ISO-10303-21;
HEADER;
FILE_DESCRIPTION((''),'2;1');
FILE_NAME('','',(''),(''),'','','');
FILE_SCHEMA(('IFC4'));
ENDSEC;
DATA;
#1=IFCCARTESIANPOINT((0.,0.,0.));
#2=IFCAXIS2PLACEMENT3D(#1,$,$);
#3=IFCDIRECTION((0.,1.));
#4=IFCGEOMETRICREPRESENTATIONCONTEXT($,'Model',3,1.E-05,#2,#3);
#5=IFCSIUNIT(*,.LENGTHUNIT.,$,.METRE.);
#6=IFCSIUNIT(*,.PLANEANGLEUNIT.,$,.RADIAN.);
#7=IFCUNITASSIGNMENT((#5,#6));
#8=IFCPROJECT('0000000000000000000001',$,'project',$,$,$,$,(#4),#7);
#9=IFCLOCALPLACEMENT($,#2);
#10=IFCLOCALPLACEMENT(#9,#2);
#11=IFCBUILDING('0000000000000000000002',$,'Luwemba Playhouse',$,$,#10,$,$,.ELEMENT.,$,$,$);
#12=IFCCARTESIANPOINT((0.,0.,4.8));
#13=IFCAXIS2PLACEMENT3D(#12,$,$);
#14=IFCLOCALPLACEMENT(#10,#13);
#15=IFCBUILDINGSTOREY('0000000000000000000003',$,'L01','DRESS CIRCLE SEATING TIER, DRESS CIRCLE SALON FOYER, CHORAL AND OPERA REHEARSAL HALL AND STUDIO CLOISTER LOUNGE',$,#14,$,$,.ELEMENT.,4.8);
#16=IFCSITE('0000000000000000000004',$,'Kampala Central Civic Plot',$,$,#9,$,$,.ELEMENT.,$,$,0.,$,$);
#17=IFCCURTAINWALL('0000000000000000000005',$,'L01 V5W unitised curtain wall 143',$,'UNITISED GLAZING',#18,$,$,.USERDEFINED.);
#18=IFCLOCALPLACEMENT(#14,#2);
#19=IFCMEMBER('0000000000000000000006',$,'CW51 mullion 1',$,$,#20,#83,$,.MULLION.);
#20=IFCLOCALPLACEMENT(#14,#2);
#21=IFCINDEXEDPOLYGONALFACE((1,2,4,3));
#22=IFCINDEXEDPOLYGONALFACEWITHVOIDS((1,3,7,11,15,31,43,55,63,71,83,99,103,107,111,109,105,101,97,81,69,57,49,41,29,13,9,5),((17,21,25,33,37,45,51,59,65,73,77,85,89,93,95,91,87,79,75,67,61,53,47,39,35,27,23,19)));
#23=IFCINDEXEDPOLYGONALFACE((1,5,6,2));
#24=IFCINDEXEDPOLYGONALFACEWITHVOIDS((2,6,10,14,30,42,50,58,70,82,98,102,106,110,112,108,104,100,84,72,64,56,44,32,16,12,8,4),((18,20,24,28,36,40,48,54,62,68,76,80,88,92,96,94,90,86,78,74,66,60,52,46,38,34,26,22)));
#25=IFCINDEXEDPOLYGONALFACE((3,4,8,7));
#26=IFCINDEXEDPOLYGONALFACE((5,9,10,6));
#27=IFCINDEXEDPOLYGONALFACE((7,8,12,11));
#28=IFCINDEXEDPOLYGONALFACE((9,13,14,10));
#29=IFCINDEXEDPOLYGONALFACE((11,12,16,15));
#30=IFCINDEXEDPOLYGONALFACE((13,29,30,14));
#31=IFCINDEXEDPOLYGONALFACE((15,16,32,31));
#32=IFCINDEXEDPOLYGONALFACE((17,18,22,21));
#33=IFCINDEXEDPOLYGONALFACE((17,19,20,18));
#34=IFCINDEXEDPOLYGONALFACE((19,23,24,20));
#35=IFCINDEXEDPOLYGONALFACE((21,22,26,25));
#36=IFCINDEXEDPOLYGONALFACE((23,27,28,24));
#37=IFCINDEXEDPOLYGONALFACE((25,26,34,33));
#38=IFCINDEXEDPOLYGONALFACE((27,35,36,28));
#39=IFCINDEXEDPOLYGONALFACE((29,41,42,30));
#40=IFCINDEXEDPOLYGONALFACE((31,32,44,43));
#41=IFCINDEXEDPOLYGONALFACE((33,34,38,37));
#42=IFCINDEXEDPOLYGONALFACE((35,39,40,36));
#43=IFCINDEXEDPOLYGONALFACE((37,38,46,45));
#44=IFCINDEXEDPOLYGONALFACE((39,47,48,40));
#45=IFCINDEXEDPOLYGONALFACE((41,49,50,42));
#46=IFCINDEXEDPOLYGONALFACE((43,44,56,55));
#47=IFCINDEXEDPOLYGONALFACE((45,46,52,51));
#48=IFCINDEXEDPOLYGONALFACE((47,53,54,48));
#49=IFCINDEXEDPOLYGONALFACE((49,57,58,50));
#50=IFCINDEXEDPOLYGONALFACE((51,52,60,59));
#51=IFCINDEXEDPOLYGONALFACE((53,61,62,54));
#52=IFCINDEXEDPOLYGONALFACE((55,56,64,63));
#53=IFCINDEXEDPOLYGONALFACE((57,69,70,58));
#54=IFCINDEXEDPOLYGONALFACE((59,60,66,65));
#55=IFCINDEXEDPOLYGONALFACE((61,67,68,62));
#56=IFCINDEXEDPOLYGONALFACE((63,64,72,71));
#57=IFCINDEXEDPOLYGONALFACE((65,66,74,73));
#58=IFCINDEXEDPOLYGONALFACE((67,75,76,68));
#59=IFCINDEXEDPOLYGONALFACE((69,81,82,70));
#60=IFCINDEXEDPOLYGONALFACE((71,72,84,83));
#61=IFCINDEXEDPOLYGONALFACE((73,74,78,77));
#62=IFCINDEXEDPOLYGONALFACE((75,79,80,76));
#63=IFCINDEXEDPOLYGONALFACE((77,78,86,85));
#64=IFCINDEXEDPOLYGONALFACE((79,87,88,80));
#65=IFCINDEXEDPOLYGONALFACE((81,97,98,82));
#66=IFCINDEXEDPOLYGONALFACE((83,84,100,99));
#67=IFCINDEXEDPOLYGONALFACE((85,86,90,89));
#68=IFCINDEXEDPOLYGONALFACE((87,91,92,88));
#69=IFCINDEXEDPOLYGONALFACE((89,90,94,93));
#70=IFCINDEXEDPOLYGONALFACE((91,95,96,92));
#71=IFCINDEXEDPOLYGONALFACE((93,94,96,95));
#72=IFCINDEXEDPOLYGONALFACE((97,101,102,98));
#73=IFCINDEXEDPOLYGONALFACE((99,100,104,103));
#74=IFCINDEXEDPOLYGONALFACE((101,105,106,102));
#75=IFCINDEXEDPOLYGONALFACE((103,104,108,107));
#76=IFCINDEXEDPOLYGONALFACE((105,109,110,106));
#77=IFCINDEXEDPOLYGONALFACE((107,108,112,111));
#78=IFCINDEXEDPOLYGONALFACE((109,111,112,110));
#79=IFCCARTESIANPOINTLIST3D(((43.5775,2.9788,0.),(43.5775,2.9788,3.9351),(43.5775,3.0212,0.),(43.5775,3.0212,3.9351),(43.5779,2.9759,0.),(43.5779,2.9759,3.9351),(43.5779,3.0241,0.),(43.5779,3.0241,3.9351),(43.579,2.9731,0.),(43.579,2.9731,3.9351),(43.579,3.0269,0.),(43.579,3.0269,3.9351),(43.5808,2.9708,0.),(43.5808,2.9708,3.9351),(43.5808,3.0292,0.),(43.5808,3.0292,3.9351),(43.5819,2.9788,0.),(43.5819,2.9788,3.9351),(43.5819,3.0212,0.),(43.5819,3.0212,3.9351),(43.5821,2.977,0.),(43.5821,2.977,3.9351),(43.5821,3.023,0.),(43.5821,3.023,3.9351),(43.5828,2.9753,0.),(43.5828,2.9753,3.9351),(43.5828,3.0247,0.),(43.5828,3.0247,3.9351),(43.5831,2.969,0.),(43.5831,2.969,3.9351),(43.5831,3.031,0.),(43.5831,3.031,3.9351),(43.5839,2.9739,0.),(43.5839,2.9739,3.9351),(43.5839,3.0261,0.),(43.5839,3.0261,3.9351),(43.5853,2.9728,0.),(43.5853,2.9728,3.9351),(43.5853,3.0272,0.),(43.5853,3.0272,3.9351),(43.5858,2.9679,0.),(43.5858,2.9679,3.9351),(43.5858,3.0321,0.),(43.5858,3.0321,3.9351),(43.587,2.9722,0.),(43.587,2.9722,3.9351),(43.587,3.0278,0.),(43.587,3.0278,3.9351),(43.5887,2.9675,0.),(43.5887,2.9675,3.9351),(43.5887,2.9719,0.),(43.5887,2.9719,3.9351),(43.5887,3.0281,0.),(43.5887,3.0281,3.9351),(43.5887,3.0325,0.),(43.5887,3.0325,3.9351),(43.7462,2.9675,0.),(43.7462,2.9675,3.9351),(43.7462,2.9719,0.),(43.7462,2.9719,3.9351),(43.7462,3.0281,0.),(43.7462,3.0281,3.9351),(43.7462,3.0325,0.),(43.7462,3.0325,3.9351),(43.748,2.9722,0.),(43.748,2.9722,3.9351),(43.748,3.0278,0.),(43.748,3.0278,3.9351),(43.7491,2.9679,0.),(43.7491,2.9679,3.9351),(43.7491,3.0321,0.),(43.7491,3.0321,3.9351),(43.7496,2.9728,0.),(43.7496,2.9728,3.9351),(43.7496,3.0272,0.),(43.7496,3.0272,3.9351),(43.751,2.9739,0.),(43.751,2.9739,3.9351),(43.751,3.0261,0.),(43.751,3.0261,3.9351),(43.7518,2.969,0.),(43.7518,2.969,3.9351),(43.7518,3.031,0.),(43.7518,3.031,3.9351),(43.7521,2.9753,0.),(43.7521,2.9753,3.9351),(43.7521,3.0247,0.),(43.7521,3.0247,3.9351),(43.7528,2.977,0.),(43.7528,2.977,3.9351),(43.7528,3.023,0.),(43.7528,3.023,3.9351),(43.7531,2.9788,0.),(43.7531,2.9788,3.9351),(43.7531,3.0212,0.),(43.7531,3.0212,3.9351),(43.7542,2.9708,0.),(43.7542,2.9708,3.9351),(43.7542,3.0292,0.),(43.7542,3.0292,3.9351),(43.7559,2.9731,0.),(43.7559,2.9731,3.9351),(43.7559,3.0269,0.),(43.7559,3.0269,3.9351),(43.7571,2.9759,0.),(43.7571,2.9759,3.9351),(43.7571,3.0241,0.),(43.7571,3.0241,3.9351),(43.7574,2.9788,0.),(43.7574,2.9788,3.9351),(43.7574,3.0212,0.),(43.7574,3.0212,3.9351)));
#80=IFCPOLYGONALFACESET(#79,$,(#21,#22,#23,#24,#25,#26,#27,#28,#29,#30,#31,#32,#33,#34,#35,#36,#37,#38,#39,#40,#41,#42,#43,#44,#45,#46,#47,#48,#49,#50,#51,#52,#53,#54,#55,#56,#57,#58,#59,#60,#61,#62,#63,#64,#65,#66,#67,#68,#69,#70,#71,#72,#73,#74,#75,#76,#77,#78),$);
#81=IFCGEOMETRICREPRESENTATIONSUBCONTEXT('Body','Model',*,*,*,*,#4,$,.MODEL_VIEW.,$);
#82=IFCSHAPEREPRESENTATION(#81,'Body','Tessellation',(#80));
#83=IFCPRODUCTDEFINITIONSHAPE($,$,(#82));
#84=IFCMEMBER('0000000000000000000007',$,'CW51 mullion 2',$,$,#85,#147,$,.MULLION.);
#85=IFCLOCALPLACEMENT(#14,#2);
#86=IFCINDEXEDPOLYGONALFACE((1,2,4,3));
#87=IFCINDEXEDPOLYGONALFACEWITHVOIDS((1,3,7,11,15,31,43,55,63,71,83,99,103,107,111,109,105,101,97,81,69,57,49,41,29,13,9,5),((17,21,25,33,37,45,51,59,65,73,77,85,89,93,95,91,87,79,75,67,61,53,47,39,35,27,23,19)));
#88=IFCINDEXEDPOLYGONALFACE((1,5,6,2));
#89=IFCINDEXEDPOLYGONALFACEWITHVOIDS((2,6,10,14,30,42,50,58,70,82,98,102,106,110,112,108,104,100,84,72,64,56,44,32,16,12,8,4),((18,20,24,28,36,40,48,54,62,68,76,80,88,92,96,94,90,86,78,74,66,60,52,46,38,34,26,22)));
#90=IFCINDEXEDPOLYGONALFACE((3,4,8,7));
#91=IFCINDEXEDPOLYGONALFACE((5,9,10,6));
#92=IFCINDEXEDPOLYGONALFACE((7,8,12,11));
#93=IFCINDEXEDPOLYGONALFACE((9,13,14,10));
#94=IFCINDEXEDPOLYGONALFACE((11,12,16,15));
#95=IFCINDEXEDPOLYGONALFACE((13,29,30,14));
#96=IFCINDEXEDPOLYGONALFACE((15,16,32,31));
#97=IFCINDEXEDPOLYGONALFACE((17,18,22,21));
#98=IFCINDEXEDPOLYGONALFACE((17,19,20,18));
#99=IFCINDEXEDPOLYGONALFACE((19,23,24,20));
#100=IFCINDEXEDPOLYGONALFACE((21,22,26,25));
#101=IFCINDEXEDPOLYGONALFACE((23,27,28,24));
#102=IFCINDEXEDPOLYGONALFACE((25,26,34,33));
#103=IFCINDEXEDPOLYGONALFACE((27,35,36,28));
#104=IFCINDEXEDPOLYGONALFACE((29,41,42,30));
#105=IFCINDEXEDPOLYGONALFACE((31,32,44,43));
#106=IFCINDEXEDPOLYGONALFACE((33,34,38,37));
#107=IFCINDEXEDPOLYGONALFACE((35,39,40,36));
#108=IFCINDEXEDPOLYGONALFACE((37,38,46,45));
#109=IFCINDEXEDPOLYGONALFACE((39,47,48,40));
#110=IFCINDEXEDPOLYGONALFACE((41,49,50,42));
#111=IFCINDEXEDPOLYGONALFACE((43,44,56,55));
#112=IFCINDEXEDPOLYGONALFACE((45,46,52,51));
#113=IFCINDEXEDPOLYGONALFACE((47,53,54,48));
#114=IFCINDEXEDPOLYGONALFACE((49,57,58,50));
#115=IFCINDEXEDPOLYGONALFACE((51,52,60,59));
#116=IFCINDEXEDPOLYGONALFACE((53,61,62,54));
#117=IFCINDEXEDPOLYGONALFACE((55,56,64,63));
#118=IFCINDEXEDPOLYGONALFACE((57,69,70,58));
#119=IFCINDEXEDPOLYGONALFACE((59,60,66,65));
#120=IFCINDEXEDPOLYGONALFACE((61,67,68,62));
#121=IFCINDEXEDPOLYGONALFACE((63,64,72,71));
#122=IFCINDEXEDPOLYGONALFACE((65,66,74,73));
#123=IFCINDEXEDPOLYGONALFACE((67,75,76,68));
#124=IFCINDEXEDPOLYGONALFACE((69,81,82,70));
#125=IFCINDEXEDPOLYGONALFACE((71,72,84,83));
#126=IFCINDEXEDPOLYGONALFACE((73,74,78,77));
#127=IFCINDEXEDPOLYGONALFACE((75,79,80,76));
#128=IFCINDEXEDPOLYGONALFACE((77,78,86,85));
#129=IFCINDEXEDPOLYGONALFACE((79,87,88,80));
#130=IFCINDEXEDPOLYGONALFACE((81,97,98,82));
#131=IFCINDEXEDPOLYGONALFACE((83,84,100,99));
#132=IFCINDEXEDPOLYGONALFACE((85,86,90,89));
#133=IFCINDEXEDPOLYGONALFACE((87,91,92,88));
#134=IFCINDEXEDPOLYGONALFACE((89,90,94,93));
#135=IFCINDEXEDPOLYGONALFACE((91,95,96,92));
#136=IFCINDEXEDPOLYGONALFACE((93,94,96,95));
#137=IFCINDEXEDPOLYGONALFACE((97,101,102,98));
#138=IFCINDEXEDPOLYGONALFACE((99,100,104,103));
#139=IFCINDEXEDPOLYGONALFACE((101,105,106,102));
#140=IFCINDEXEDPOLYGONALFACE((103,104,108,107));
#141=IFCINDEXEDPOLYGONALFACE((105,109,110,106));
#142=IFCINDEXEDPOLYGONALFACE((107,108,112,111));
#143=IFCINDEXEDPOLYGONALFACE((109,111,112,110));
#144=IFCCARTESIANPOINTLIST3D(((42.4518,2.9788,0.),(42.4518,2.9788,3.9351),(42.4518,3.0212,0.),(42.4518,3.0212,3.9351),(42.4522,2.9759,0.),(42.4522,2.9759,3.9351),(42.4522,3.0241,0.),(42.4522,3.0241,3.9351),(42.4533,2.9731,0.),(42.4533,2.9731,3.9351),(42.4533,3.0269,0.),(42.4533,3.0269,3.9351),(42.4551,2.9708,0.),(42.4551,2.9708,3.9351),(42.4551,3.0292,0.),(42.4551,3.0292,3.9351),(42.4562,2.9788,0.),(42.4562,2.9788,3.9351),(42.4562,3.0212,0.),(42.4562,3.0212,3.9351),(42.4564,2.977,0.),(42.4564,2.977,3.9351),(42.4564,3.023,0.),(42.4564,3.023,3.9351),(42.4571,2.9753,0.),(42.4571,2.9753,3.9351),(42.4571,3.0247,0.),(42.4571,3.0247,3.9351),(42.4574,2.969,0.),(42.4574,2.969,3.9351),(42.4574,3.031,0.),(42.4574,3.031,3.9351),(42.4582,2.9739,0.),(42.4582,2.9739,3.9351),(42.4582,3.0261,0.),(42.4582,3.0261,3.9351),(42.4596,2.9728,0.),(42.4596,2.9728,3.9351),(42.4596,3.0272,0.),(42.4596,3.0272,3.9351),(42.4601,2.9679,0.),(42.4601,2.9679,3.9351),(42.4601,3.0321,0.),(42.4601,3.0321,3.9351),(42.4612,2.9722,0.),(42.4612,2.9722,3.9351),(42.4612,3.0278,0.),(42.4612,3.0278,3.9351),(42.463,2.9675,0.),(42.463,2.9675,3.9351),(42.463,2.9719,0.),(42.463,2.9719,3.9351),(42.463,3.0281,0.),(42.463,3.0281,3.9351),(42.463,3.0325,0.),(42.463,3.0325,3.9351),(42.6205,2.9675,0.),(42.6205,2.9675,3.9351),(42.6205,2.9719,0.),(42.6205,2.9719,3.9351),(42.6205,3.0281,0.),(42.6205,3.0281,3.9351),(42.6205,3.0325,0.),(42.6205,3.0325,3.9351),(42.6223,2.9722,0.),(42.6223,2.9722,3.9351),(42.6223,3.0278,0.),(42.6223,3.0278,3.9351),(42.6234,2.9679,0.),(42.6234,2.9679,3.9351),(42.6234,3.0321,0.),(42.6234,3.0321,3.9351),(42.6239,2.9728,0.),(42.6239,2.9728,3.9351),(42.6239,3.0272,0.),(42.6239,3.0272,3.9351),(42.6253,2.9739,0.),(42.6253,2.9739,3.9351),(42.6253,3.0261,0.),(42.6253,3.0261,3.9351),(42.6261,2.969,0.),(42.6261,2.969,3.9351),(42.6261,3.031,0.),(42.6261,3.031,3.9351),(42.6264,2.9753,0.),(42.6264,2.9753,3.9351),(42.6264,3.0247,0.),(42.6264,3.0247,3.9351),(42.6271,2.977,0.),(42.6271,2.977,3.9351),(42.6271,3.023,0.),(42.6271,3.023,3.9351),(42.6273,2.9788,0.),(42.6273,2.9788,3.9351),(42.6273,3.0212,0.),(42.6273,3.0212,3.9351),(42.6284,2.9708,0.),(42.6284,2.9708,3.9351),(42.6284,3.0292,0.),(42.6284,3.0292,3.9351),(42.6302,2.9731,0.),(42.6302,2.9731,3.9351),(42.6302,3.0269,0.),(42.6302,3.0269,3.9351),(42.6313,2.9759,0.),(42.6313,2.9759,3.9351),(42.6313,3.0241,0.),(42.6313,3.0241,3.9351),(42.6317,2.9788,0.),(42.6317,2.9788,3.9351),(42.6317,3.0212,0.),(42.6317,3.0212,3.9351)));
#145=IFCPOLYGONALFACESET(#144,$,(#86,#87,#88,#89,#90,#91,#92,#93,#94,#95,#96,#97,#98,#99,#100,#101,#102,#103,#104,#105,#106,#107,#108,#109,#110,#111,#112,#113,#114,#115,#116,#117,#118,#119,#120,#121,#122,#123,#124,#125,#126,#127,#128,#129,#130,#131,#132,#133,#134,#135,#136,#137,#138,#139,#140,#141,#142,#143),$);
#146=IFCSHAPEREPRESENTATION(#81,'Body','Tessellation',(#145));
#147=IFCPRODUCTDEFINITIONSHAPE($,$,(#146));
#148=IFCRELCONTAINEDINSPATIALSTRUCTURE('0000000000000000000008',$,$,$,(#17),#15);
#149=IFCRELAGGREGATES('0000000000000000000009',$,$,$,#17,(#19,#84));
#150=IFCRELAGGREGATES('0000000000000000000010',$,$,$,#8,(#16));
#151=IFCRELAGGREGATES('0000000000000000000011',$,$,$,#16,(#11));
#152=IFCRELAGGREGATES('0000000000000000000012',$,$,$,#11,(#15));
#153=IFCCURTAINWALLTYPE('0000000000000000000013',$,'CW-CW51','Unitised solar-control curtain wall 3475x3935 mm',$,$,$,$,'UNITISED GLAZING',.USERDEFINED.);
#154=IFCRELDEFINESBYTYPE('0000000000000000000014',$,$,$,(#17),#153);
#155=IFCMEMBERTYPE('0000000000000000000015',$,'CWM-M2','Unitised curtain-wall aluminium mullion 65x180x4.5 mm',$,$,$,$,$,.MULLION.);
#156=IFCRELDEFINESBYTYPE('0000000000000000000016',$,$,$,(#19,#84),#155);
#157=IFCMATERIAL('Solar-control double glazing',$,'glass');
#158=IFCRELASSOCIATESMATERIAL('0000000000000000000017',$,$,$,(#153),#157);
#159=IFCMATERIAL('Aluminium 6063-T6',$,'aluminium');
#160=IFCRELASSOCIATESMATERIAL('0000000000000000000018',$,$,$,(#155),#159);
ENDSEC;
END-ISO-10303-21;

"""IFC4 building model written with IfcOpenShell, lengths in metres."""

from ifc_helpers import new_model, si_unit, direction, frame, origin, origin_2d, place, context, subcontext, project, spatial, hollow_rectangle, extrude, material, material_profile, profile_set, type_object, element, aggregate, save


model = new_model("IFC4")

# Units and contexts
model_context = context("Model", 3, precision=1e-05, world=origin(), true_north=direction((0.0, 1.0)))
body_context = subcontext(model_context, "Body", "Model", "MODEL_VIEW")
ifc_project = project(units=[si_unit("LENGTHUNIT", "METRE"), si_unit("PLANEANGLEUNIT", "RADIAN")], contexts=[model_context])

# Site, building, storey
site_placement = place(None, origin())
site = spatial("IfcSite", under=ifc_project, at=site_placement, Name="Kampala Central Civic Plot", CompositionType="ELEMENT", RefElevation=0.0)
building_placement = place(site_placement, origin())
building = spatial("IfcBuilding", under=site, at=building_placement, Name="Luwemba Playhouse", CompositionType="ELEMENT")
storey_placement = place(building_placement, frame((0.0, 0.0, 4.8)))
storey = spatial("IfcBuildingStorey", under=building, at=storey_placement, Name="L01", Description="DRESS CIRCLE SEATING TIER, DRESS CIRCLE SALON FOYER, CHORAL AND OPERA REHEARSAL HALL AND STUDIO CLOISTER LOUNGE", CompositionType="ELEMENT", Elevation=4.8)

# Curtain wall, members
ifc_material_1 = material(Name="Solar-control double glazing", Category="glass")
ifc_material_2 = material(Name="Aluminium 6063-T6", Category="aluminium")
curtain_wall_type_1 = type_object("IfcCurtainWallType", Name="CW-CW51", Description="Unitised solar-control curtain wall 3475x3935 mm", ElementType="UNITISED GLAZING", PredefinedType="USERDEFINED", material=ifc_material_1)
curtain_wall_1_placement = place(storey_placement, origin())
curtain_wall_1 = element("IfcCurtainWall", 1, at=curtain_wall_1_placement, inside=storey, type_object=curtain_wall_type_1, Name="L01 V5W unitised curtain wall 143", ObjectType="UNITISED GLAZING", PredefinedType="USERDEFINED")
ifc_material_profile_1 = material_profile(ifc_material_2, hollow_rectangle(XDim=0.0649, YDim=0.1799, WallThickness=0.0044, InnerFilletRadius=0.0068, OuterFilletRadius=0.0112, at=origin_2d()))
ifc_profile_set_1 = profile_set([ifc_material_profile_1], Name="Aluminium 6063-T6")
member_type_1 = type_object("IfcMemberType", Name="CWM-M2", Description="Unitised curtain-wall aluminium mullion 65x180x4.5 mm", PredefinedType="MULLION", material=ifc_profile_set_1)
member_1_placement = place(storey_placement, frame((43.6675, 3.0, 0.0), z_axis=(0.0, 0.0, 1.0), x_axis=(0.0, -1.0, 0.0)))
member_1 = element("IfcMember", 2, at=member_1_placement, type_object=member_type_1, Name="CW51 mullion 1", PredefinedType="MULLION", context=body_context, shape_type="SweptSolid", body=[
    extrude(hollow_rectangle(XDim=0.0649, YDim=0.1799, WallThickness=0.0044, InnerFilletRadius=0.0068, OuterFilletRadius=0.0112, at=origin_2d()), origin(), (0.0, 0.0, 1.0), 3.9351),
])
member_2_placement = place(storey_placement, frame((42.5417, 3.0, 0.0), z_axis=(0.0, 0.0, 1.0), x_axis=(0.0, -1.0, 0.0)))
member_2 = element("IfcMember", 3, at=member_2_placement, type_object=member_type_1, Name="CW51 mullion 2", PredefinedType="MULLION", context=body_context, shape_type="SweptSolid", body=[
    extrude(hollow_rectangle(XDim=0.0649, YDim=0.1799, WallThickness=0.0044, InnerFilletRadius=0.0068, OuterFilletRadius=0.0112, at=origin_2d()), origin(), (0.0, 0.0, 1.0), 3.9351),
])

aggregate(curtain_wall_1, [member_1, member_2])

save(model, "model.ifc")
